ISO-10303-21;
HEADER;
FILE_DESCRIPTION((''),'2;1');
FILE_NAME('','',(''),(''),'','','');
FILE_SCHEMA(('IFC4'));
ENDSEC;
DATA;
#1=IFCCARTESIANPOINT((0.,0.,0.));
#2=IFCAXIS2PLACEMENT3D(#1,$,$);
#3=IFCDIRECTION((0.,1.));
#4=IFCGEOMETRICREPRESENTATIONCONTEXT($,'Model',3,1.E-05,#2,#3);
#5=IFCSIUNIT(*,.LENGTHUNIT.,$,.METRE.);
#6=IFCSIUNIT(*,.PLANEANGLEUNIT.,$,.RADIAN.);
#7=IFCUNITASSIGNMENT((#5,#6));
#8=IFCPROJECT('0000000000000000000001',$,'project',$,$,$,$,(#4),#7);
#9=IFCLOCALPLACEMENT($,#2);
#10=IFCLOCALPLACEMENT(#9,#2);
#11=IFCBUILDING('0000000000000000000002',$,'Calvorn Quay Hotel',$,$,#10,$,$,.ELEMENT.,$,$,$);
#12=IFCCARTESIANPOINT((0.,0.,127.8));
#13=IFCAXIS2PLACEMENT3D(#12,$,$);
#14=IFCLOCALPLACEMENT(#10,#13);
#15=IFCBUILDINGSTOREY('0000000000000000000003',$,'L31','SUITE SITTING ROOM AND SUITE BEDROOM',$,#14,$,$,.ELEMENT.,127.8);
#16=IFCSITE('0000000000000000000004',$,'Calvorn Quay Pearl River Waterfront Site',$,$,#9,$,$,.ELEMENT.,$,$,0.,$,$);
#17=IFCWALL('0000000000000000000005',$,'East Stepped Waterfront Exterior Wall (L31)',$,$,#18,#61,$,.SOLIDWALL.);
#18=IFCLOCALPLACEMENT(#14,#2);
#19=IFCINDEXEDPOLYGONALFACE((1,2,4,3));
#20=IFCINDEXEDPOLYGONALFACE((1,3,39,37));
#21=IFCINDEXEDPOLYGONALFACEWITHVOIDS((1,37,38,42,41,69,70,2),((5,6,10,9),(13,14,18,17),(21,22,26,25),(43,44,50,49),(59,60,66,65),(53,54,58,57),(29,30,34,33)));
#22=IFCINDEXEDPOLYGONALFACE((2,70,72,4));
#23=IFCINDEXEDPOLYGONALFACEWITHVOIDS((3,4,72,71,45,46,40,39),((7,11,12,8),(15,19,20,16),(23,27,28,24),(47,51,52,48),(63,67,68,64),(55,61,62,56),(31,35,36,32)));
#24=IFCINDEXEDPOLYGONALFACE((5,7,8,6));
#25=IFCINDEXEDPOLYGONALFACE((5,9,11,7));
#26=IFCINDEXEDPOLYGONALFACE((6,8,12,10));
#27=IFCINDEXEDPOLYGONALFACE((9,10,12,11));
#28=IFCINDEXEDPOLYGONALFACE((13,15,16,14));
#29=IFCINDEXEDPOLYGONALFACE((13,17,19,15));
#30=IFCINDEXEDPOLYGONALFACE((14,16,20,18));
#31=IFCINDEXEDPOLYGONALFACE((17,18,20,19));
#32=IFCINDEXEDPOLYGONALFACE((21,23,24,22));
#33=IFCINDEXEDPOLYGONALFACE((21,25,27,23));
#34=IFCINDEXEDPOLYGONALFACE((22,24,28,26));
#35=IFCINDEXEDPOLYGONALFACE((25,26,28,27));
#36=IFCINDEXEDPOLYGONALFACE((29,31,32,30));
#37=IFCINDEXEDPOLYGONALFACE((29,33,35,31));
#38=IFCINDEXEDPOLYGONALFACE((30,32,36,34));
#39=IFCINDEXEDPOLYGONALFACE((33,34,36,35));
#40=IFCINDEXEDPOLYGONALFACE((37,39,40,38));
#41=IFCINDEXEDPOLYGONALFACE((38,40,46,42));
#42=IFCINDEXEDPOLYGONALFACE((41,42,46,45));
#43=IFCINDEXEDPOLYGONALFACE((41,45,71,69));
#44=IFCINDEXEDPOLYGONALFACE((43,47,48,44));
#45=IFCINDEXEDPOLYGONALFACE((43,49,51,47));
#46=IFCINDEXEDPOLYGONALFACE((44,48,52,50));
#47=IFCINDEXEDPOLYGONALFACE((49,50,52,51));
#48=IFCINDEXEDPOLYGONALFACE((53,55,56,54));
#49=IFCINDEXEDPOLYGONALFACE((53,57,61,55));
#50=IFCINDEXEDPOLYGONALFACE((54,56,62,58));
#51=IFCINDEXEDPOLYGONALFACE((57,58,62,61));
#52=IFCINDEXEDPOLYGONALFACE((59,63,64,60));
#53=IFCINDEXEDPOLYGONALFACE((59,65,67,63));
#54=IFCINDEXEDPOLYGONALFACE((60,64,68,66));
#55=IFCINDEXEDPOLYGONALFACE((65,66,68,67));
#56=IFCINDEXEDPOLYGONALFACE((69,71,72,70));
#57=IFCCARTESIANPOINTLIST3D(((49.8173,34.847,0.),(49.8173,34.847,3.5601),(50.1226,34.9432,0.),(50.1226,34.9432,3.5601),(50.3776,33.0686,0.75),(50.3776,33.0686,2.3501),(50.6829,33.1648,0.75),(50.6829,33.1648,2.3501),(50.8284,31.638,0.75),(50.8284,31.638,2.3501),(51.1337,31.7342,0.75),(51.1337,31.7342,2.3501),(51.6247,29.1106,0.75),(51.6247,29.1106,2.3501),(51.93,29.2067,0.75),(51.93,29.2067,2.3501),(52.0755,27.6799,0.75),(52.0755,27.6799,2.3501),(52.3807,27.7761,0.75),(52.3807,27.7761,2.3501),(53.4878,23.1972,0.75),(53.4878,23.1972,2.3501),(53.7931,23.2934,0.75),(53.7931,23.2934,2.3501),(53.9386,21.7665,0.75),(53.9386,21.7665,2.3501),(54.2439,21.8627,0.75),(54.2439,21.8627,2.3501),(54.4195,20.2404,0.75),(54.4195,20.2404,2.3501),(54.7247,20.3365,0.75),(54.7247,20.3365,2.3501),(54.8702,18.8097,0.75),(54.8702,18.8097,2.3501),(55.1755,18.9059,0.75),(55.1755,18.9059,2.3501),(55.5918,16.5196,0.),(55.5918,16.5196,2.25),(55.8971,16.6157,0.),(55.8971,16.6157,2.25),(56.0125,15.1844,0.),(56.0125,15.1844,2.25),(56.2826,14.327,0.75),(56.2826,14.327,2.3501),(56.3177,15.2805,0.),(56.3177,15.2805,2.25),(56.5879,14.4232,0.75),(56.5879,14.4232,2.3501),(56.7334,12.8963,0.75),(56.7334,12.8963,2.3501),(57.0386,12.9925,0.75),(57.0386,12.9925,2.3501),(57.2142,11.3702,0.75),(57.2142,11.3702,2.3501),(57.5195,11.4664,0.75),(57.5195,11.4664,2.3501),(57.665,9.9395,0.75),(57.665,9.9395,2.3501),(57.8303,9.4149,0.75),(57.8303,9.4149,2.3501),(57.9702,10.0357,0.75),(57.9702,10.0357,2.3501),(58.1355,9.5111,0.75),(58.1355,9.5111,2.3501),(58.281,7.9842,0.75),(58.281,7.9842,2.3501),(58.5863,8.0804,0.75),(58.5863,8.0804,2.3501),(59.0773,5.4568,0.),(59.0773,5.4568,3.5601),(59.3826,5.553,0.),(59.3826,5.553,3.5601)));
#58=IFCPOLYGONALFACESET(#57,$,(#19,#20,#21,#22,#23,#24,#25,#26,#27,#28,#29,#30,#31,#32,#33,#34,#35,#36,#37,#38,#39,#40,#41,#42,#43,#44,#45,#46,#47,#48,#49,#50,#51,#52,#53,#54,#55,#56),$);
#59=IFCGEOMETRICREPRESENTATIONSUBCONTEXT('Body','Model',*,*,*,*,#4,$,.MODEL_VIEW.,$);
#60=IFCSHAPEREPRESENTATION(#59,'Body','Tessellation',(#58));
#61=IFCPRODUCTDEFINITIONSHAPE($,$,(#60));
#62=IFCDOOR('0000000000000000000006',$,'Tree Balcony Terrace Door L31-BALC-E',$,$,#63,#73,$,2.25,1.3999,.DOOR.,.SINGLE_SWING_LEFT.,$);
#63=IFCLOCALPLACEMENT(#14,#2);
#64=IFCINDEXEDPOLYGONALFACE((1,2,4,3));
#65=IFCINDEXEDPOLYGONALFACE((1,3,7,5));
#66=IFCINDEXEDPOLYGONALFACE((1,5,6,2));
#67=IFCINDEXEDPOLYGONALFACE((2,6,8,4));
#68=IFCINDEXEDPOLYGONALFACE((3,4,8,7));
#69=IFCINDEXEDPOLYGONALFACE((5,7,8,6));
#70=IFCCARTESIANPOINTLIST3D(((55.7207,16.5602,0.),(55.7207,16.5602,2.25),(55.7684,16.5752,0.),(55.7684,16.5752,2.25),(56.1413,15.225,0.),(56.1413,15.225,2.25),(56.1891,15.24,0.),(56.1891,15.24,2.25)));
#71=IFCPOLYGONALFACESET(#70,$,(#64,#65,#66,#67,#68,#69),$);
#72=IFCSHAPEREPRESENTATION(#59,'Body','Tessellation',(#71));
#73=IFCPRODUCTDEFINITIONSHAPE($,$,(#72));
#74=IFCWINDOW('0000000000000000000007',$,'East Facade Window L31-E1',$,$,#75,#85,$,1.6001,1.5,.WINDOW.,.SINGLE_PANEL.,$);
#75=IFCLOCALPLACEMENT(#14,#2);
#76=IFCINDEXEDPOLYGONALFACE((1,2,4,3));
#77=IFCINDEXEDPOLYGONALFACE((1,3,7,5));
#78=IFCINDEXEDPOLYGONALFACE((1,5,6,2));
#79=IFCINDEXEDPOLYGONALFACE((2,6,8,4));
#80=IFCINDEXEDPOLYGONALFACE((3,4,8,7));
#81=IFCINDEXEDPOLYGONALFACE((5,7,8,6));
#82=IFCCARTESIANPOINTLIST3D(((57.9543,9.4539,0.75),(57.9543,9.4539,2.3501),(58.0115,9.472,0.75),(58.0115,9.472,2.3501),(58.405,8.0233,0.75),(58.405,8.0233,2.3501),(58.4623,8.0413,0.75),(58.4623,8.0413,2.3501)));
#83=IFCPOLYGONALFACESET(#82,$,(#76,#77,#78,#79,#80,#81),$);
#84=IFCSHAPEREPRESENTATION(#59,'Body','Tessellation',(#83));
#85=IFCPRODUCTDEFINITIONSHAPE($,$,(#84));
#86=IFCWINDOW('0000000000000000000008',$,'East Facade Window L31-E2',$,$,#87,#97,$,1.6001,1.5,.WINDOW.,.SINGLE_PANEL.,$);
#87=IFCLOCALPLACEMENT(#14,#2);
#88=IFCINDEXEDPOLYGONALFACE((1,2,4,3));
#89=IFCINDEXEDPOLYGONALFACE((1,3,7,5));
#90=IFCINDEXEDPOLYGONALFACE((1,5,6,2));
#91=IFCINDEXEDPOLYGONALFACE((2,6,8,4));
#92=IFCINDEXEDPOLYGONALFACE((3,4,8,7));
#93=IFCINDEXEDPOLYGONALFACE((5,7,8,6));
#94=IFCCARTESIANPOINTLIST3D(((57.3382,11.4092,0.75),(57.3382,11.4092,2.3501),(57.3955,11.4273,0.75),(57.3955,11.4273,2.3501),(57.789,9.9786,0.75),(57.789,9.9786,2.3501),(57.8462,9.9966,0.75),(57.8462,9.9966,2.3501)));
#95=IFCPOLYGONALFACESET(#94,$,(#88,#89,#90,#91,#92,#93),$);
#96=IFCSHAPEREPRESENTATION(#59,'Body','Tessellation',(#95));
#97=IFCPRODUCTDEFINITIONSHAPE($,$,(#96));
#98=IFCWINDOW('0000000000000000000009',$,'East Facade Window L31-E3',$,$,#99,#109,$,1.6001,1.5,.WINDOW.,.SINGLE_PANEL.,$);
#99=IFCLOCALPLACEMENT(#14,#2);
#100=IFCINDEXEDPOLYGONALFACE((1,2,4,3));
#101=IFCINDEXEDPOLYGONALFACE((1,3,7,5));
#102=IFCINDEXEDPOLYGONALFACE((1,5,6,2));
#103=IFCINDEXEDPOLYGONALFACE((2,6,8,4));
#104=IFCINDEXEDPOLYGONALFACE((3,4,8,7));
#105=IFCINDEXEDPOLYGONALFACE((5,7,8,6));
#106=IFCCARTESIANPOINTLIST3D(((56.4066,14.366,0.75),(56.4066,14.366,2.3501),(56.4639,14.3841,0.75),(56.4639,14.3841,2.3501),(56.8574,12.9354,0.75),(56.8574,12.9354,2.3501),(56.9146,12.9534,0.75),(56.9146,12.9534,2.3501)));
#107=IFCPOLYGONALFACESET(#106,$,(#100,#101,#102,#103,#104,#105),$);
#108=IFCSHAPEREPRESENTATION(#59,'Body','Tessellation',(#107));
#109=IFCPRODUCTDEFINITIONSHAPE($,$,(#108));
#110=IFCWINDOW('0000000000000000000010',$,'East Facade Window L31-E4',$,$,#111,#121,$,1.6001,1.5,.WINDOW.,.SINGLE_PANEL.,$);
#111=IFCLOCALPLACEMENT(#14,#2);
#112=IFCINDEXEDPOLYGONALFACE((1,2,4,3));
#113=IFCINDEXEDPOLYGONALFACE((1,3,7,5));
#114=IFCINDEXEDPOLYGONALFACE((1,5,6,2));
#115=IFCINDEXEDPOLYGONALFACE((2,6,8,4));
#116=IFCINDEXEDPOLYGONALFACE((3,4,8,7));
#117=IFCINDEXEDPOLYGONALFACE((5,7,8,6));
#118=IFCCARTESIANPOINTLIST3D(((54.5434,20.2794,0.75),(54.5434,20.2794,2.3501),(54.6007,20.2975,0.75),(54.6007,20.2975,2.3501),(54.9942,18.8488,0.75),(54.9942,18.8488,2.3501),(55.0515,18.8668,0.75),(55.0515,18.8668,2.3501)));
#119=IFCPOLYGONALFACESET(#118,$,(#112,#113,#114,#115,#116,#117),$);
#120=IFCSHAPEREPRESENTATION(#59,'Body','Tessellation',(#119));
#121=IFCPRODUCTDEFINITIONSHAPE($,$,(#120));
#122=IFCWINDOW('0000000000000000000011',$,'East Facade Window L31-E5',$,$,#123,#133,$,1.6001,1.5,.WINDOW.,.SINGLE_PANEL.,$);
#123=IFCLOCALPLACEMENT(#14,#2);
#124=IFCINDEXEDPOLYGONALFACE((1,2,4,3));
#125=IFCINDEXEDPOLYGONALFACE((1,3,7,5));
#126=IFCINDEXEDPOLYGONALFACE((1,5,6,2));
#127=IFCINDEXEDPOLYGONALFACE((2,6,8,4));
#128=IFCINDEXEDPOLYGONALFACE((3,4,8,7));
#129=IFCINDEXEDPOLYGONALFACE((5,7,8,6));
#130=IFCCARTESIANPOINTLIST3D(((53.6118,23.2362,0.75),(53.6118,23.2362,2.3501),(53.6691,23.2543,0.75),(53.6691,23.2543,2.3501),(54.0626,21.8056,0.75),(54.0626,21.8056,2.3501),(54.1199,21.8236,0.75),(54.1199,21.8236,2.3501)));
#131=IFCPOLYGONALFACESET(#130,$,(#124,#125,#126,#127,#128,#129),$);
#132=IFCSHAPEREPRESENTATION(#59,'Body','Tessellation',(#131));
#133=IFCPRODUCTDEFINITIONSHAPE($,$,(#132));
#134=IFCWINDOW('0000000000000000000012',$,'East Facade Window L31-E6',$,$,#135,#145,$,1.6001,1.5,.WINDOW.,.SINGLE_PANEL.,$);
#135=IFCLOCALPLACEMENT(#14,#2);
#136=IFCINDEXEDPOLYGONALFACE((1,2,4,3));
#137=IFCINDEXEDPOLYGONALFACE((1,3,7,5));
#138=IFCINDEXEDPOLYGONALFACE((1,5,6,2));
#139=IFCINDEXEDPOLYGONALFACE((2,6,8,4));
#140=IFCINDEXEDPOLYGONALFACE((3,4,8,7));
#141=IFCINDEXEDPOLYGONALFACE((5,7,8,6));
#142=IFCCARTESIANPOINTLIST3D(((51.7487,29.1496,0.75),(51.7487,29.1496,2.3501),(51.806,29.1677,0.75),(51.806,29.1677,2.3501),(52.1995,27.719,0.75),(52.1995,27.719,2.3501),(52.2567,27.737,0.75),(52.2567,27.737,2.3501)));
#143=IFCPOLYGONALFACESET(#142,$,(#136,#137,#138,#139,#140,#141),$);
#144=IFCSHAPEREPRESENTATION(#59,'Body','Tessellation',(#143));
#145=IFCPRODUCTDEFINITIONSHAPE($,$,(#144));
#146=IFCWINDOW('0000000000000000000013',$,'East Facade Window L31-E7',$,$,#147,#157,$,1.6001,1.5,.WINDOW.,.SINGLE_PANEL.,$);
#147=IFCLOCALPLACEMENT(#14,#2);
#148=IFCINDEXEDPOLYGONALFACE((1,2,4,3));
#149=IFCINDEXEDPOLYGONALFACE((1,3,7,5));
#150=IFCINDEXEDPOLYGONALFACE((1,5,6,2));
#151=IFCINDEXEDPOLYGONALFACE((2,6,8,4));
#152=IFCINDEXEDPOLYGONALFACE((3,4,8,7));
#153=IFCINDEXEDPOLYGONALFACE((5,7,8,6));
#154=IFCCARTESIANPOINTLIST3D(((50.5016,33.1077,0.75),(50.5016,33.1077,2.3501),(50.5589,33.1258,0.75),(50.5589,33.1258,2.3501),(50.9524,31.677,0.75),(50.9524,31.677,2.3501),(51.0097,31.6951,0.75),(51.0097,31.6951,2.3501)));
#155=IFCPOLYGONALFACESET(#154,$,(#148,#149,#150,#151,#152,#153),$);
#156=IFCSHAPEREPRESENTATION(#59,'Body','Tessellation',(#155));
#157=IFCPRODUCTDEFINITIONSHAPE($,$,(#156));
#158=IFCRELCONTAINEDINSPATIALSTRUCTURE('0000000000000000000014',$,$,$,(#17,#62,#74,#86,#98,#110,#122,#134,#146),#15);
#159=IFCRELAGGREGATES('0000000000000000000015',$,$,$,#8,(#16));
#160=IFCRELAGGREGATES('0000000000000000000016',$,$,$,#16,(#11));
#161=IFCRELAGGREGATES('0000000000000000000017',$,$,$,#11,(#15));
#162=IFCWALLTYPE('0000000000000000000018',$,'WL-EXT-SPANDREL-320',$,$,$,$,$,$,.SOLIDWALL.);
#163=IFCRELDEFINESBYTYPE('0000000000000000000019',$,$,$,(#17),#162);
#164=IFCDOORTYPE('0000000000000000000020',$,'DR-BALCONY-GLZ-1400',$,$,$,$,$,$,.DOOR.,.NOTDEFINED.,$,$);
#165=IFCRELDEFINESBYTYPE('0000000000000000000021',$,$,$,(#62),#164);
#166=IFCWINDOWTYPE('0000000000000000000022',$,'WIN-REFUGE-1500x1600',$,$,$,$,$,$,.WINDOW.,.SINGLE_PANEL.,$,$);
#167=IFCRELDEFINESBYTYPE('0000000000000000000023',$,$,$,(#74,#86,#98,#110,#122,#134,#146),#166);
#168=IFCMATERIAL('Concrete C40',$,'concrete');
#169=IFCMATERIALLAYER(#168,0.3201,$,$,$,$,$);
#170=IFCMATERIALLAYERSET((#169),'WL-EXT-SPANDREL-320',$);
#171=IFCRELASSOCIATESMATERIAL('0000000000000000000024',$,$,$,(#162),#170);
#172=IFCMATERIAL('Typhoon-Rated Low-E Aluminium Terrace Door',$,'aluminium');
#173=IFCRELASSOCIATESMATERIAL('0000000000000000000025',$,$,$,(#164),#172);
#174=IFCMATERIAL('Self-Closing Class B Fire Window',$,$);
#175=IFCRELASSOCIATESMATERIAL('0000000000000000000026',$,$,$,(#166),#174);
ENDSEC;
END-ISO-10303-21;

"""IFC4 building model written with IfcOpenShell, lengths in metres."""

from ifc_helpers import new_model, si_unit, direction, frame, frame_2d, origin, place, context, subcontext, project, spatial, rectangle, extrude, material, layer, layer_set, type_object, element, fill, save


model = new_model("IFC4")

# Units and contexts
model_context = context("Model", 3, precision=1e-05, world=origin(), true_north=direction((0.0, 1.0)))
body_context = subcontext(model_context, "Body", "Model", "MODEL_VIEW")
ifc_project = project(units=[si_unit("LENGTHUNIT", "METRE"), si_unit("PLANEANGLEUNIT", "RADIAN")], contexts=[model_context])

# Site, building, storey
site_placement = place(None, origin())
site = spatial("IfcSite", under=ifc_project, at=site_placement, Name="Calvorn Quay Pearl River Waterfront Site", CompositionType="ELEMENT", RefElevation=0.0)
building_placement = place(site_placement, origin())
building = spatial("IfcBuilding", under=site, at=building_placement, Name="Calvorn Quay Hotel", CompositionType="ELEMENT")
storey_placement = place(building_placement, frame((0.0, 0.0, 127.8)))
storey = spatial("IfcBuildingStorey", under=building, at=storey_placement, Name="L31", Description="SUITE SITTING ROOM AND SUITE BEDROOM", CompositionType="ELEMENT", Elevation=127.8)

# Shared definitions
ifc_material_1 = material(Name="Concrete C40", Category="concrete")
ifc_layer_1 = layer(ifc_material_1, 0.3201)
ifc_layer_set_1 = layer_set([ifc_layer_1], Name="WL-EXT-SPANDREL-320")
wall_type_1 = type_object("IfcWallType", Name="WL-EXT-SPANDREL-320", PredefinedType="SOLIDWALL", material=ifc_layer_set_1)

# Wall, openings, door, windows
wall_1_placement = place(storey_placement, frame((59.23, 5.5049, 0.0), z_axis=(0.0, 0.0, 1.0), x_axis=(-0.300509, 0.953779, 0.0)))
wall_1 = element("IfcWall", 1, at=wall_1_placement, inside=storey, type_object=wall_type_1, Name="East Stepped Waterfront Exterior Wall (L31)", PredefinedType="SOLIDWALL", context=body_context, shape_type="SweptSolid", body=[
    extrude(rectangle(XDim=30.8145, YDim=0.3201, at=frame_2d((15.4072, 0.0))), origin(), (0.0, 0.0, 1.0), 3.5601),
])
opening_1_placement = place(wall_1_placement, frame((10.199, 0.0, 0.0)))
opening_1 = element("IfcOpeningElement", 2, at=opening_1_placement, cuts=wall_1, PredefinedType="OPENING", context=body_context, shape_type="SweptSolid", body=[
    extrude(rectangle(XDim=1.3999, YDim=2.25, at=frame_2d((0.7, 1.125))), frame((0.0, 0.1699, 0.0), z_axis=(0.0, -1.0, 0.0), x_axis=(1.0, 0.0, 0.0)), (0.0, 0.0, 1.0), 0.3401),
])
opening_2_placement = place(wall_1_placement, frame((2.6499, 0.0, 0.75)))
opening_2 = element("IfcOpeningElement", 3, at=opening_2_placement, cuts=wall_1, PredefinedType="OPENING", context=body_context, shape_type="SweptSolid", body=[
    extrude(rectangle(XDim=1.5, YDim=1.6001, at=frame_2d((0.75, 0.8))), frame((0.0, 0.1699, 0.0), z_axis=(0.0, -1.0, 0.0), x_axis=(1.0, 0.0, 0.0)), (0.0, 0.0, 1.0), 0.3401),
])
opening_3_placement = place(wall_1_placement, frame((4.7, 0.0, 0.75)))
opening_3 = element("IfcOpeningElement", 4, at=opening_3_placement, cuts=wall_1, PredefinedType="OPENING", context=body_context, shape_type="SweptSolid", body=[
    extrude(rectangle(XDim=1.5, YDim=1.6001, at=frame_2d((0.75, 0.8))), frame((0.0, 0.1699, 0.0), z_axis=(0.0, -1.0, 0.0), x_axis=(1.0, 0.0, 0.0)), (0.0, 0.0, 1.0), 0.3401),
])
opening_4_placement = place(wall_1_placement, frame((7.8, 0.0, 0.75)))
opening_4 = element("IfcOpeningElement", 5, at=opening_4_placement, cuts=wall_1, PredefinedType="OPENING", context=body_context, shape_type="SweptSolid", body=[
    extrude(rectangle(XDim=1.5, YDim=1.6001, at=frame_2d((0.75, 0.8))), frame((0.0, 0.1699, 0.0), z_axis=(0.0, -1.0, 0.0), x_axis=(1.0, 0.0, 0.0)), (0.0, 0.0, 1.0), 0.3401),
])
opening_5_placement = place(wall_1_placement, frame((14.0, 0.0, 0.75)))
opening_5 = element("IfcOpeningElement", 6, at=opening_5_placement, cuts=wall_1, PredefinedType="OPENING", context=body_context, shape_type="SweptSolid", body=[
    extrude(rectangle(XDim=1.5, YDim=1.6001, at=frame_2d((0.75, 0.8))), frame((0.0, 0.1699, 0.0), z_axis=(0.0, -1.0, 0.0), x_axis=(1.0, 0.0, 0.0)), (0.0, 0.0, 1.0), 0.3401),
])
opening_6_placement = place(wall_1_placement, frame((17.1001, 0.0, 0.75)))
opening_6 = element("IfcOpeningElement", 7, at=opening_6_placement, cuts=wall_1, PredefinedType="OPENING", context=body_context, shape_type="SweptSolid", body=[
    extrude(rectangle(XDim=1.5, YDim=1.6001, at=frame_2d((0.75, 0.8))), frame((0.0, 0.1699, 0.0), z_axis=(0.0, -1.0, 0.0), x_axis=(1.0, 0.0, 0.0)), (0.0, 0.0, 1.0), 0.3401),
])
opening_7_placement = place(wall_1_placement, frame((23.3, 0.0, 0.75)))
opening_7 = element("IfcOpeningElement", 8, at=opening_7_placement, cuts=wall_1, PredefinedType="OPENING", context=body_context, shape_type="SweptSolid", body=[
    extrude(rectangle(XDim=1.5, YDim=1.6001, at=frame_2d((0.75, 0.8))), frame((0.0, 0.1699, 0.0), z_axis=(0.0, -1.0, 0.0), x_axis=(1.0, 0.0, 0.0)), (0.0, 0.0, 1.0), 0.3401),
])
opening_8_placement = place(wall_1_placement, frame((27.45, 0.0, 0.75)))
opening_8 = element("IfcOpeningElement", 9, at=opening_8_placement, cuts=wall_1, PredefinedType="OPENING", context=body_context, shape_type="SweptSolid", body=[
    extrude(rectangle(XDim=1.5, YDim=1.6001, at=frame_2d((0.75, 0.8))), frame((0.0, 0.1699, 0.0), z_axis=(0.0, -1.0, 0.0), x_axis=(1.0, 0.0, 0.0)), (0.0, 0.0, 1.0), 0.3401),
])
ifc_material_2 = material(Name="Typhoon-Rated Low-E Aluminium Terrace Door", Category="aluminium")
door_type_1 = type_object("IfcDoorType", Name="DR-BALCONY-GLZ-1400", OperationType="NOTDEFINED", PredefinedType="DOOR", material=ifc_material_2)
door_1_placement = place(opening_1_placement, origin())
door_1 = element("IfcDoor", 10, at=door_1_placement, inside=storey, type_object=door_type_1, Name="Tree Balcony Terrace Door L31-BALC-E", OperationType="SINGLE_SWING_LEFT", OverallHeight=2.25, OverallWidth=1.3999, PredefinedType="DOOR", context=body_context, shape_type="SweptSolid", body=[
    extrude(rectangle(XDim=1.3999, YDim=2.25, at=frame_2d((0.7, 1.125))), frame((0.0, 0.0249, 0.0), z_axis=(0.0, -1.0, 0.0), x_axis=(1.0, 0.0, 0.0)), (0.0, 0.0, 1.0), 0.05),
])
fill(opening_1, door_1)
ifc_material_3 = material(Name="Self-Closing Class B Fire Window")
window_type = type_object("IfcWindowType", Name="WIN-REFUGE-1500x1600", PartitioningType="SINGLE_PANEL", PredefinedType="WINDOW", material=ifc_material_3)
window_1_placement = place(opening_2_placement, origin())
window_1 = element("IfcWindow", 11, at=window_1_placement, inside=storey, type_object=window_type, Name="East Facade Window L31-E1", OverallHeight=1.6001, OverallWidth=1.5, PartitioningType="SINGLE_PANEL", PredefinedType="WINDOW", context=body_context, shape_type="SweptSolid", body=[
    extrude(rectangle(XDim=1.5, YDim=1.6001, at=frame_2d((0.75, 0.8))), frame((0.0, 0.03, 0.0), z_axis=(0.0, -1.0, 0.0), x_axis=(1.0, 0.0, 0.0)), (0.0, 0.0, 1.0), 0.0601),
])
fill(opening_2, window_1)
window_2_placement = place(opening_3_placement, origin())
window_2 = element("IfcWindow", 12, at=window_2_placement, inside=storey, type_object=window_type, Name="East Facade Window L31-E2", OverallHeight=1.6001, OverallWidth=1.5, PartitioningType="SINGLE_PANEL", PredefinedType="WINDOW", context=body_context, shape_type="SweptSolid", body=[
    extrude(rectangle(XDim=1.5, YDim=1.6001, at=frame_2d((0.75, 0.8))), frame((0.0, 0.03, 0.0), z_axis=(0.0, -1.0, 0.0), x_axis=(1.0, 0.0, 0.0)), (0.0, 0.0, 1.0), 0.0601),
])
fill(opening_3, window_2)
window_3_placement = place(opening_4_placement, origin())
window_3 = element("IfcWindow", 13, at=window_3_placement, inside=storey, type_object=window_type, Name="East Facade Window L31-E3", OverallHeight=1.6001, OverallWidth=1.5, PartitioningType="SINGLE_PANEL", PredefinedType="WINDOW", context=body_context, shape_type="SweptSolid", body=[
    extrude(rectangle(XDim=1.5, YDim=1.6001, at=frame_2d((0.75, 0.8))), frame((0.0, 0.03, 0.0), z_axis=(0.0, -1.0, 0.0), x_axis=(1.0, 0.0, 0.0)), (0.0, 0.0, 1.0), 0.0601),
])
fill(opening_4, window_3)
window_4_placement = place(opening_5_placement, origin())
window_4 = element("IfcWindow", 14, at=window_4_placement, inside=storey, type_object=window_type, Name="East Facade Window L31-E4", OverallHeight=1.6001, OverallWidth=1.5, PartitioningType="SINGLE_PANEL", PredefinedType="WINDOW", context=body_context, shape_type="SweptSolid", body=[
    extrude(rectangle(XDim=1.5, YDim=1.6001, at=frame_2d((0.75, 0.8))), frame((0.0, 0.03, 0.0), z_axis=(0.0, -1.0, 0.0), x_axis=(1.0, 0.0, 0.0)), (0.0, 0.0, 1.0), 0.0601),
])
fill(opening_5, window_4)
window_5_placement = place(opening_6_placement, origin())
window_5 = element("IfcWindow", 15, at=window_5_placement, inside=storey, type_object=window_type, Name="East Facade Window L31-E5", OverallHeight=1.6001, OverallWidth=1.5, PartitioningType="SINGLE_PANEL", PredefinedType="WINDOW", context=body_context, shape_type="SweptSolid", body=[
    extrude(rectangle(XDim=1.5, YDim=1.6001, at=frame_2d((0.75, 0.8))), frame((0.0, 0.03, 0.0), z_axis=(0.0, -1.0, 0.0), x_axis=(1.0, 0.0, 0.0)), (0.0, 0.0, 1.0), 0.0601),
])
fill(opening_6, window_5)
window_6_placement = place(opening_7_placement, origin())
window_6 = element("IfcWindow", 16, at=window_6_placement, inside=storey, type_object=window_type, Name="East Facade Window L31-E6", OverallHeight=1.6001, OverallWidth=1.5, PartitioningType="SINGLE_PANEL", PredefinedType="WINDOW", context=body_context, shape_type="SweptSolid", body=[
    extrude(rectangle(XDim=1.5, YDim=1.6001, at=frame_2d((0.75, 0.8))), frame((0.0, 0.03, 0.0), z_axis=(0.0, -1.0, 0.0), x_axis=(1.0, 0.0, 0.0)), (0.0, 0.0, 1.0), 0.0601),
])
fill(opening_7, window_6)
window_7_placement = place(opening_8_placement, origin())
window_7 = element("IfcWindow", 17, at=window_7_placement, inside=storey, type_object=window_type, Name="East Facade Window L31-E7", OverallHeight=1.6001, OverallWidth=1.5, PartitioningType="SINGLE_PANEL", PredefinedType="WINDOW", context=body_context, shape_type="SweptSolid", body=[
    extrude(rectangle(XDim=1.5, YDim=1.6001, at=frame_2d((0.75, 0.8))), frame((0.0, 0.03, 0.0), z_axis=(0.0, -1.0, 0.0), x_axis=(1.0, 0.0, 0.0)), (0.0, 0.0, 1.0), 0.0601),
])
fill(opening_8, window_7)

save(model, "model.ifc")
